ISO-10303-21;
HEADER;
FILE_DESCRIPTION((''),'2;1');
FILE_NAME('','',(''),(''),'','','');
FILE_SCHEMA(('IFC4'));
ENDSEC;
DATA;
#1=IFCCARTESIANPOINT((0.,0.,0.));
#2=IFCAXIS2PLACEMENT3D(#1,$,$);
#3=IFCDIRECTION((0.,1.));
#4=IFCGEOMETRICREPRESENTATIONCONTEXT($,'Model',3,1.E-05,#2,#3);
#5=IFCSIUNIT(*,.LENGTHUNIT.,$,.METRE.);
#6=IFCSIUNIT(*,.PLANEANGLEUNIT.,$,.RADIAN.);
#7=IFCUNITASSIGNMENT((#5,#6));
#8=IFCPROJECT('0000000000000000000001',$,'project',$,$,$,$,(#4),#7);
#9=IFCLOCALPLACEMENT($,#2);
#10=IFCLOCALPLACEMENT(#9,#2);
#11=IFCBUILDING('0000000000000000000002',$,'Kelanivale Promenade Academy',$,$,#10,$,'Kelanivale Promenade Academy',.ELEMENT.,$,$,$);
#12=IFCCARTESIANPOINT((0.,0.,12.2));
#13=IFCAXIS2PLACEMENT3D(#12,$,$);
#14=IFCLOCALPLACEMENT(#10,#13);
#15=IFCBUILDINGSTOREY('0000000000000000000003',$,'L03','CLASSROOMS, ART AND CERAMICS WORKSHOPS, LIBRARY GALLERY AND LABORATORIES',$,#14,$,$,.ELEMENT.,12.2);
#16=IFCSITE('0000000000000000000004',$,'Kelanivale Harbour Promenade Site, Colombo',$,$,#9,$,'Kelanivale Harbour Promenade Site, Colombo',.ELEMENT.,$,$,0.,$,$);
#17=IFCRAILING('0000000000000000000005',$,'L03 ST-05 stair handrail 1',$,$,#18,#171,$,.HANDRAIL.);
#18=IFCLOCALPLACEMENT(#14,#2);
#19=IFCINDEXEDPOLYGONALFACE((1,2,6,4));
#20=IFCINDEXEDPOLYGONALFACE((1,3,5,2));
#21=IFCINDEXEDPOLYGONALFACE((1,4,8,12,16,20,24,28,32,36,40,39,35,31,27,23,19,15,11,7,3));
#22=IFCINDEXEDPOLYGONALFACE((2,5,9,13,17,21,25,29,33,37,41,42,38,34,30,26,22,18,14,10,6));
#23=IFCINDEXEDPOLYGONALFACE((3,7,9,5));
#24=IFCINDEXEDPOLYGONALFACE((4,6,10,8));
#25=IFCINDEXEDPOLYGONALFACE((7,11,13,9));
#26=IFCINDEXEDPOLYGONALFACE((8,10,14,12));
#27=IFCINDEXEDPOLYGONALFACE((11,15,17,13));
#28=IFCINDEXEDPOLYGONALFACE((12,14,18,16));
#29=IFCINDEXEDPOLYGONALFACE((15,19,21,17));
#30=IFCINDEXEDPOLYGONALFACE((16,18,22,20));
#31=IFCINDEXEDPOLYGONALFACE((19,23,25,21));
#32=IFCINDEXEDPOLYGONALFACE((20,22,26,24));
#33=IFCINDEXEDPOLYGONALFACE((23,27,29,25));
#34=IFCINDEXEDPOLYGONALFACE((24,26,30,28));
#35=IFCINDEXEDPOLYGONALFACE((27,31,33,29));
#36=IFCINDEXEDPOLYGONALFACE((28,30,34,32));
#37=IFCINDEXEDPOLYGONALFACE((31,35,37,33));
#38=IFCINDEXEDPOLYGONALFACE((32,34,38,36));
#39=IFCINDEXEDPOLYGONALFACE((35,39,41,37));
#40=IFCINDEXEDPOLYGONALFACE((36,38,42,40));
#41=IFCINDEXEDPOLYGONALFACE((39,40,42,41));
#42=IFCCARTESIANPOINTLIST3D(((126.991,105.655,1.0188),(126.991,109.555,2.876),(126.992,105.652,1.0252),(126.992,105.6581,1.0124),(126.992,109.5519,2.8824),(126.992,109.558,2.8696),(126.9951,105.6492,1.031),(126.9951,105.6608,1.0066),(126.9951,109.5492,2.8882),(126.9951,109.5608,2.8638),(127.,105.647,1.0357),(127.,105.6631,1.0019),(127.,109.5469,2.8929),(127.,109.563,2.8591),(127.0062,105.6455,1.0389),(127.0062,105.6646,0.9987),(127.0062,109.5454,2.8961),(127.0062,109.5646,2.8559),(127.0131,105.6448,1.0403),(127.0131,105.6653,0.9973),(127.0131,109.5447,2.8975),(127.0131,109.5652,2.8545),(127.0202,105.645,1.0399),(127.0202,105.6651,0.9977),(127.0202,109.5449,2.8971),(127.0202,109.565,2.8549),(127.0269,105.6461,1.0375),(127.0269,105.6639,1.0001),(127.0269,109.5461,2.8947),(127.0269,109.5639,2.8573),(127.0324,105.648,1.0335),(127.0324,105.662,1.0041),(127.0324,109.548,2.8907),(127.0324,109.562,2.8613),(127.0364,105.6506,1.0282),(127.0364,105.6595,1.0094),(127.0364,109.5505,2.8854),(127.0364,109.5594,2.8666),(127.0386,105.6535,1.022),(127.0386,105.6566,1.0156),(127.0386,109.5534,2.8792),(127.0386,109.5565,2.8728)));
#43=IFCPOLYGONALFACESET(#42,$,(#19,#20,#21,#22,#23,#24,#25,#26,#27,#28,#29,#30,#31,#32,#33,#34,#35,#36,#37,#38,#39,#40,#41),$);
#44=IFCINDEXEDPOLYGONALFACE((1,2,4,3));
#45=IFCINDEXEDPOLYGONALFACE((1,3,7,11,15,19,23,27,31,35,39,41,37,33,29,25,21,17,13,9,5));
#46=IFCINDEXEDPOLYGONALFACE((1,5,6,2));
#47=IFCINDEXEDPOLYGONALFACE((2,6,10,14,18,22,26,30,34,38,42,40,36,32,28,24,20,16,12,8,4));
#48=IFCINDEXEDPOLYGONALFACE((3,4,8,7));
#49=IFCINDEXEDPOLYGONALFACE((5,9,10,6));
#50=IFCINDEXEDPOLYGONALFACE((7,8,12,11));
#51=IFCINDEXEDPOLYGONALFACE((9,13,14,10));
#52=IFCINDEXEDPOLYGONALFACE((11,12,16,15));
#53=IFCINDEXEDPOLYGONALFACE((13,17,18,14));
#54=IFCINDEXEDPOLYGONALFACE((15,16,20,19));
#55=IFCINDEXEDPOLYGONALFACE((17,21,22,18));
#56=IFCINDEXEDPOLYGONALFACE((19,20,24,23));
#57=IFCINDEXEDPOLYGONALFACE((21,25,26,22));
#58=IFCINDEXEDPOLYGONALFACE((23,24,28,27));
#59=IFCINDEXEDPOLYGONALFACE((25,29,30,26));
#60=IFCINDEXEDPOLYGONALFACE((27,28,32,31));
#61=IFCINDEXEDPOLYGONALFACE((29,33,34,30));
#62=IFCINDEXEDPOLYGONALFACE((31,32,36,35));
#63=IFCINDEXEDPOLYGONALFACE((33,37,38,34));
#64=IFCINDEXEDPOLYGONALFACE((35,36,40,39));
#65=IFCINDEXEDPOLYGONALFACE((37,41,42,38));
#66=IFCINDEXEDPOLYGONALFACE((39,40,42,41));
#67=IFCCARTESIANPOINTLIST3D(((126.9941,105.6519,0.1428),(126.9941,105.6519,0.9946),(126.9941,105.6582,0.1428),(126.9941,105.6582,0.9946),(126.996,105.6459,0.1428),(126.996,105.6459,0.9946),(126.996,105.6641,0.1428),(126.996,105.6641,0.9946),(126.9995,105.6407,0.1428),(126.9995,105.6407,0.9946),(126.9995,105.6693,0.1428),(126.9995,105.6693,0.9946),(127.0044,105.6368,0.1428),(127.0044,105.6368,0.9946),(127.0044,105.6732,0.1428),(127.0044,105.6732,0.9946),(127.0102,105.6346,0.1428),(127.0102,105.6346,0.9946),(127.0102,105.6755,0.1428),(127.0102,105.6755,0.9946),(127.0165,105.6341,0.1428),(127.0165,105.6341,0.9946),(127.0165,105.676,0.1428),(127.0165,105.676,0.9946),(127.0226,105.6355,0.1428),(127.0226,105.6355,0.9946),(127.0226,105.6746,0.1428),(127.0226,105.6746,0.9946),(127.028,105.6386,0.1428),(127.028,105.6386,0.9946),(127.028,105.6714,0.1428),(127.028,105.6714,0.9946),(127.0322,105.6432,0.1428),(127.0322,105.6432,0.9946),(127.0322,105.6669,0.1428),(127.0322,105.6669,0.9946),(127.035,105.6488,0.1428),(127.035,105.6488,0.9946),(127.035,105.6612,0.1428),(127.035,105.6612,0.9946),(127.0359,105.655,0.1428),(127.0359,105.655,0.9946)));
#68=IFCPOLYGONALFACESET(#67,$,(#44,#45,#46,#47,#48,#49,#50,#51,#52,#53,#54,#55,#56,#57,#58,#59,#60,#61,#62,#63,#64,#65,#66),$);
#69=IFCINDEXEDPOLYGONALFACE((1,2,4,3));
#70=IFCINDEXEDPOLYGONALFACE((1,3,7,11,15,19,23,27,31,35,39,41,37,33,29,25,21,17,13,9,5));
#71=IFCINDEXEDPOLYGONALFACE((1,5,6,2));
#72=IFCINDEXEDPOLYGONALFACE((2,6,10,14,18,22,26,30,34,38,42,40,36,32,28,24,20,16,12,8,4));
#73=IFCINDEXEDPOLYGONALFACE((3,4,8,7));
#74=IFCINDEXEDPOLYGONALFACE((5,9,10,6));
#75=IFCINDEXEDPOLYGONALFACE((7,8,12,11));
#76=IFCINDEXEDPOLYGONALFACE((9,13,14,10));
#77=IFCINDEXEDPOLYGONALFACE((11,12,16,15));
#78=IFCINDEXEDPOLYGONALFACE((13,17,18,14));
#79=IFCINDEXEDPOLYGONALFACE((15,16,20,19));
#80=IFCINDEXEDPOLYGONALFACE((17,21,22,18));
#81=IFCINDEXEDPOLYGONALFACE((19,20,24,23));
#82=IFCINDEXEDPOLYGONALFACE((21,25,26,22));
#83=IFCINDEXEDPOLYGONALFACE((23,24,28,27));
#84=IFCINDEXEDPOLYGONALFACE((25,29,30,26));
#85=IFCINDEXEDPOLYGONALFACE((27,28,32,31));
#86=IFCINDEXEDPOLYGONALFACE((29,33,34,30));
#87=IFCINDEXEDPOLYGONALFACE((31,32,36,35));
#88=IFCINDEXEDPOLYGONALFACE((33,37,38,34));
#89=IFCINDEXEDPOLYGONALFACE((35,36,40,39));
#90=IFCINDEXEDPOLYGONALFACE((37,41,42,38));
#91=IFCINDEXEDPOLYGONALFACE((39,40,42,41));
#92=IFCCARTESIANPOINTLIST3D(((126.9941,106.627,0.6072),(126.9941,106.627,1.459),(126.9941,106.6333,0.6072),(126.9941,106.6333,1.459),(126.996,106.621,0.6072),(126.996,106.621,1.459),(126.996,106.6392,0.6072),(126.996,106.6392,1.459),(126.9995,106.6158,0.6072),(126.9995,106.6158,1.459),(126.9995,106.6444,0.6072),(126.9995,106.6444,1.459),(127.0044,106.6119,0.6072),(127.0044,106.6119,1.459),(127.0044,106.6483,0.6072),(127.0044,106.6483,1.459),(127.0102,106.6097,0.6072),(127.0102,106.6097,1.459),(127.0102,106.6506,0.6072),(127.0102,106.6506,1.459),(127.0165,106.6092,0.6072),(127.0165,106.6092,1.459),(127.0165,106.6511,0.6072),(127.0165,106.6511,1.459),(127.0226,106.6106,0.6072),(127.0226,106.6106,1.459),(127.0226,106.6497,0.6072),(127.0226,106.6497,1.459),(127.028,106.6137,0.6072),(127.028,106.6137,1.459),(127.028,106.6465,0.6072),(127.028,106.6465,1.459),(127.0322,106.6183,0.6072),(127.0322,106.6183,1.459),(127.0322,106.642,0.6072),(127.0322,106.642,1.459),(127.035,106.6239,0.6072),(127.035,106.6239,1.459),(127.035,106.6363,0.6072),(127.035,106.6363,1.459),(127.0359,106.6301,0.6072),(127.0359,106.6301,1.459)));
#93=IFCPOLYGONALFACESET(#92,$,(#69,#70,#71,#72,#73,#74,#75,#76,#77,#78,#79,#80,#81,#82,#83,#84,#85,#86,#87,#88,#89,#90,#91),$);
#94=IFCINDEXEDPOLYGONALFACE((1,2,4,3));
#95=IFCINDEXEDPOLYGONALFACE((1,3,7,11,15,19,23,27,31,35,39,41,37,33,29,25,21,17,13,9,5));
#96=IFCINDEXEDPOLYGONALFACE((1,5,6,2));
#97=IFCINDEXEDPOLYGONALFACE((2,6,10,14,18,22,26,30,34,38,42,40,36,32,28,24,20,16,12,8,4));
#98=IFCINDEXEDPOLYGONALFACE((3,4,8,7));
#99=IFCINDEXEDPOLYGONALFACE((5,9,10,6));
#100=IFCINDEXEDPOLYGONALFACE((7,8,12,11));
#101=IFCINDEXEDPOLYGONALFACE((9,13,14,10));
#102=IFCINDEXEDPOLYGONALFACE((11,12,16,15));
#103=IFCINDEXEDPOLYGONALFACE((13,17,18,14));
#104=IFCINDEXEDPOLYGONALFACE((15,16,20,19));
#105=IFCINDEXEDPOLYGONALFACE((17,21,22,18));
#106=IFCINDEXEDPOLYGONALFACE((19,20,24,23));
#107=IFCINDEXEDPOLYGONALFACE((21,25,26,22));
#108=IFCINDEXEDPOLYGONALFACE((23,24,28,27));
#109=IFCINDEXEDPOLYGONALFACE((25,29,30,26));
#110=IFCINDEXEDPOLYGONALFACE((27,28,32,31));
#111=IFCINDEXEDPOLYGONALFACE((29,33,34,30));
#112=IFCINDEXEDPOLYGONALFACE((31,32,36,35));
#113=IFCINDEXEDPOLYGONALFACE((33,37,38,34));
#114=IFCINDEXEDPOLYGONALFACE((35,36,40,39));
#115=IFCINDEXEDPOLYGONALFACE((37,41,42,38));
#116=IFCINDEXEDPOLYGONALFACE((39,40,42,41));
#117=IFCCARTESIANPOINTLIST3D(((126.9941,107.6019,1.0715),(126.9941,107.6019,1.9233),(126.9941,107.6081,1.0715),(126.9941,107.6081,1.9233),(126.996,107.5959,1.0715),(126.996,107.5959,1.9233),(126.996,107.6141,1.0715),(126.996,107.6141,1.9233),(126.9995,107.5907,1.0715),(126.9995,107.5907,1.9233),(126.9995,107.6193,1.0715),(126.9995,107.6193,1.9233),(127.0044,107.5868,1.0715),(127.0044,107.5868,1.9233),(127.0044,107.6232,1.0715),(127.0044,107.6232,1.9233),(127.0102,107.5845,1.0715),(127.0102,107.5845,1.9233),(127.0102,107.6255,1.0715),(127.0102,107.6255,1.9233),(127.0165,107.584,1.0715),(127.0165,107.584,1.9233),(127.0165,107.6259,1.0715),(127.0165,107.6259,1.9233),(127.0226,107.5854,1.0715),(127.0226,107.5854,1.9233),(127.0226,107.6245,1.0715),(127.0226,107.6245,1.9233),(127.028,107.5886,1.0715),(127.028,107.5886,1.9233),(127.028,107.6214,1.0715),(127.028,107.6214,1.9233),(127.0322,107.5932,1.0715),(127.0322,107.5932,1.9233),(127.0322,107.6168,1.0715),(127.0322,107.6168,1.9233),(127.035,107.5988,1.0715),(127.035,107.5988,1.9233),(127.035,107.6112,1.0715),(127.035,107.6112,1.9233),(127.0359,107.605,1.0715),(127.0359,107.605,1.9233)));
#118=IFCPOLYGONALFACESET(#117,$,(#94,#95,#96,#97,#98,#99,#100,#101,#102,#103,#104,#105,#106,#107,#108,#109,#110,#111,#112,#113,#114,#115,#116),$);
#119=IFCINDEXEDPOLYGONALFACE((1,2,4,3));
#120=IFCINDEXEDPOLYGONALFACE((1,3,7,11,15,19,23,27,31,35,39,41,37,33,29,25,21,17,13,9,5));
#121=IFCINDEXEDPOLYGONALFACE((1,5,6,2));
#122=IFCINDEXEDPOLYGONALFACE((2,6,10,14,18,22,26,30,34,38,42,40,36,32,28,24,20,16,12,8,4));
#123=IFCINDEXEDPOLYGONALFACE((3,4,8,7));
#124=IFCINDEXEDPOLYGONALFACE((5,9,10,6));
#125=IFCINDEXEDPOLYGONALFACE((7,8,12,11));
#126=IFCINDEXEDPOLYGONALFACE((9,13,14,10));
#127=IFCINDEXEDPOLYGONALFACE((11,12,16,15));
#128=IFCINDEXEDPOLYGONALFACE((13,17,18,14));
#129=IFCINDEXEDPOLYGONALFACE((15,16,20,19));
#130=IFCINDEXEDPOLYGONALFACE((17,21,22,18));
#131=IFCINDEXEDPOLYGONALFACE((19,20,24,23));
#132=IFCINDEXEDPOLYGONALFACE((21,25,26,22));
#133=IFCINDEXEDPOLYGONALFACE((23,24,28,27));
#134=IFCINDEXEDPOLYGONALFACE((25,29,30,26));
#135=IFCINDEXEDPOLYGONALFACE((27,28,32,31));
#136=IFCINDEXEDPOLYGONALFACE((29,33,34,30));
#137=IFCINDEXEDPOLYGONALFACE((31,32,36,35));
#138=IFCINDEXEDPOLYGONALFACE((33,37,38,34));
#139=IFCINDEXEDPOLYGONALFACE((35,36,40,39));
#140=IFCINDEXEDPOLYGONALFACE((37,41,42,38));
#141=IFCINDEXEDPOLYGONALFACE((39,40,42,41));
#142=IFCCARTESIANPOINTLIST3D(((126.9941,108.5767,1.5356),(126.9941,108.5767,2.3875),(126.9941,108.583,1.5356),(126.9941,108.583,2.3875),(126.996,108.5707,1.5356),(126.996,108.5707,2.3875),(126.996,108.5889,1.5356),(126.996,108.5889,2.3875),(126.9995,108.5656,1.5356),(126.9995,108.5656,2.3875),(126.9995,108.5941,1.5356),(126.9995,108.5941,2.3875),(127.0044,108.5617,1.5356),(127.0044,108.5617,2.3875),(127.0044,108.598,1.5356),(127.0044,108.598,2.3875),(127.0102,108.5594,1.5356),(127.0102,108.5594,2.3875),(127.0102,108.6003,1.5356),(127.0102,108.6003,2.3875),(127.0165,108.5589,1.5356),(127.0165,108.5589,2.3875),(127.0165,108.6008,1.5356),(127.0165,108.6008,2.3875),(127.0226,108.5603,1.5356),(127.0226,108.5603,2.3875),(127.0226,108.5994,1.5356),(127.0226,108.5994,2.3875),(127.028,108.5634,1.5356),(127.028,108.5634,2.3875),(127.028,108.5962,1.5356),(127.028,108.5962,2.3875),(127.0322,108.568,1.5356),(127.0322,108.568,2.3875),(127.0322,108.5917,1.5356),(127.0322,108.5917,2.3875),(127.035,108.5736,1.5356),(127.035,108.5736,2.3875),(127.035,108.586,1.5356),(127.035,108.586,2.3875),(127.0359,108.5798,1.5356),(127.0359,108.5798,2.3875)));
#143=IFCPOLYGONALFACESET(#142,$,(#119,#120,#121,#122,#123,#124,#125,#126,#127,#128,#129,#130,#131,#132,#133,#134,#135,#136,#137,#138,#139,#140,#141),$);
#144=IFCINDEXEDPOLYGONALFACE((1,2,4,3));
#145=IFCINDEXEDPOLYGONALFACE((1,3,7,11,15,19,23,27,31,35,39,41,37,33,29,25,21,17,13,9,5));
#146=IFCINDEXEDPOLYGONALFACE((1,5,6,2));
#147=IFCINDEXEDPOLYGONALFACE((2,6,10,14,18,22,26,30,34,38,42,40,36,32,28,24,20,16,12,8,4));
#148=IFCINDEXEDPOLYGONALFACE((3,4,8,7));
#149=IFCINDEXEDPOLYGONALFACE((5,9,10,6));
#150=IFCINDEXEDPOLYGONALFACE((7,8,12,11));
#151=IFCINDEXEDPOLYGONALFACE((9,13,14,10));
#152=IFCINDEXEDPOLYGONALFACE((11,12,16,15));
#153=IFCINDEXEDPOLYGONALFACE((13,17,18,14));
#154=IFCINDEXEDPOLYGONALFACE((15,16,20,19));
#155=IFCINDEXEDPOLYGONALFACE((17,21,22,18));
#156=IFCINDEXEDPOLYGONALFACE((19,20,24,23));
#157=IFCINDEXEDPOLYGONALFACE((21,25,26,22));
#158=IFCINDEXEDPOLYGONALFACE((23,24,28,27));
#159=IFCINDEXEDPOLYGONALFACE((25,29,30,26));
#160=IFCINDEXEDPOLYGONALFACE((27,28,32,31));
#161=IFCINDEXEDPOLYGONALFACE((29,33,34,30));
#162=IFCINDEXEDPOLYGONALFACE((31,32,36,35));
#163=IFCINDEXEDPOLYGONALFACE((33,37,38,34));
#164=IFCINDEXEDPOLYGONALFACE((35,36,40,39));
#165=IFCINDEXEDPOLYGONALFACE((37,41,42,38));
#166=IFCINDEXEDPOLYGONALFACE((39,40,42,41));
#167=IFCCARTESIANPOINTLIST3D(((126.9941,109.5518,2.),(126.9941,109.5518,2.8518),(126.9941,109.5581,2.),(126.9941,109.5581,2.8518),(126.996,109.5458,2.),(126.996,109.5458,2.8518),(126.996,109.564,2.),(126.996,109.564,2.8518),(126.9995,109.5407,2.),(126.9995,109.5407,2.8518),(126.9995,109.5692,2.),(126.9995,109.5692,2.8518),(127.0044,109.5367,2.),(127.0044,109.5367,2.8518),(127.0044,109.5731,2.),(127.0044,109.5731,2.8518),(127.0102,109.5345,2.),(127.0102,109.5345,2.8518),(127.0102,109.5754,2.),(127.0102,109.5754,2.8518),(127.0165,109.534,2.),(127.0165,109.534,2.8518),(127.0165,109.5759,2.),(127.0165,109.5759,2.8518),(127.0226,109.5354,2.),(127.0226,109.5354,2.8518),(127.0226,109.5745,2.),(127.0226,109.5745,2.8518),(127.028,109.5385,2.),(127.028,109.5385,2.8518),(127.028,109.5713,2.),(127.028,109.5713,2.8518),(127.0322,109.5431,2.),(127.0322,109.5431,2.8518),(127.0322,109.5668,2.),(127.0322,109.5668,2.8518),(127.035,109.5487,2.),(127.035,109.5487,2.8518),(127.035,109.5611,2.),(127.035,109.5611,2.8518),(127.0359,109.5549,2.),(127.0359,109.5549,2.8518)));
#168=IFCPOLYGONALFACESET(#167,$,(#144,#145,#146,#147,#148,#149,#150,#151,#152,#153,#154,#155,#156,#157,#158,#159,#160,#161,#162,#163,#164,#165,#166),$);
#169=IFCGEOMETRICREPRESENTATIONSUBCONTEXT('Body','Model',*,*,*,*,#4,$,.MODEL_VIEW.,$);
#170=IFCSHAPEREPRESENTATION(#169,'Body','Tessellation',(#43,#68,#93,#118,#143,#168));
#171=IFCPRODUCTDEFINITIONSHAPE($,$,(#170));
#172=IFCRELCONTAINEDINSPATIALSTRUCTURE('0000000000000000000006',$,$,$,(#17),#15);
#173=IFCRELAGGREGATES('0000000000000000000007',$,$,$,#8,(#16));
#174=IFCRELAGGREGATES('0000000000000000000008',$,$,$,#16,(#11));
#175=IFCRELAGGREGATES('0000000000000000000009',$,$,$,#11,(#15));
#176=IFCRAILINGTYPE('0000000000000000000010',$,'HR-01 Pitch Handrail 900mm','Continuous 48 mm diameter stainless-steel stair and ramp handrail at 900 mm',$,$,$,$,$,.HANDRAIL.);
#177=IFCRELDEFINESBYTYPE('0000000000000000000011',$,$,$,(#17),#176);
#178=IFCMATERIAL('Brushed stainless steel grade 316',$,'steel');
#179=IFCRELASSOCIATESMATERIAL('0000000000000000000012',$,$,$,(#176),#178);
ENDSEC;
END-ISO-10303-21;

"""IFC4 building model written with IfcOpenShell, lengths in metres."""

from ifc_helpers import new_model, si_unit, direction, frame, origin, origin_2d, place, context, subcontext, project, spatial, circle, extrude, material, type_object, element, save


model = new_model("IFC4")

# Units and contexts
model_context = context("Model", 3, precision=1e-05, world=origin(), true_north=direction((0.0, 1.0)))
body_context = subcontext(model_context, "Body", "Model", "MODEL_VIEW")
ifc_project = project(units=[si_unit("LENGTHUNIT", "METRE"), si_unit("PLANEANGLEUNIT", "RADIAN")], contexts=[model_context])

# Site, building, storey
site_placement = place(None, origin())
site = spatial("IfcSite", under=ifc_project, at=site_placement, Name="Kelanivale Harbour Promenade Site, Colombo", LongName="Kelanivale Harbour Promenade Site, Colombo", CompositionType="ELEMENT", RefElevation=0.0)
building_placement = place(site_placement, origin())
building = spatial("IfcBuilding", under=site, at=building_placement, Name="Kelanivale Promenade Academy", LongName="Kelanivale Promenade Academy", CompositionType="ELEMENT")
storey_placement = place(building_placement, frame((0.0, 0.0, 12.2)))
storey = spatial("IfcBuildingStorey", under=building, at=storey_placement, Name="L03", Description="CLASSROOMS, ART AND CERAMICS WORKSHOPS, LIBRARY GALLERY AND LABORATORIES", CompositionType="ELEMENT", Elevation=12.2)

# Railing
ifc_material_1 = material(Name="Brushed stainless steel grade 316", Category="steel")
railing_type_1 = type_object("IfcRailingType", Name="HR-01 Pitch Handrail 900mm", Description="Continuous 48 mm diameter stainless-steel stair and ramp handrail at 900 mm", PredefinedType="HANDRAIL", material=ifc_material_1)
railing_1_placement = place(storey_placement, frame((127.0149, 105.655, 0.1428)))
element("IfcRailing", 1, at=railing_1_placement, inside=storey, type_object=railing_type_1, Name="L03 ST-05 stair handrail 1", PredefinedType="HANDRAIL", context=body_context, shape_type="SweptSolid", body=[
    extrude(circle(Radius=0.0239, at=origin_2d()), frame((0.0, 0.0, 0.876), z_axis=(0.0, 0.902853, 0.429949), x_axis=(-1.0, 0.0, 0.0)), (0.0, 0.0, 1.0), 4.3196),
    extrude(circle(Radius=0.021, at=origin_2d()), origin(), (0.0, 0.0, 1.0), 0.8518),
    extrude(circle(Radius=0.021, at=origin_2d()), frame((0.0, 0.9751, 0.4644)), (0.0, 0.0, 1.0), 0.8518),
    extrude(circle(Radius=0.021, at=origin_2d()), frame((0.0, 1.95, 0.9287)), (0.0, 0.0, 1.0), 0.8518),
    extrude(circle(Radius=0.021, at=origin_2d()), frame((0.0, 2.9248, 1.3928)), (0.0, 0.0, 1.0), 0.8518),
    extrude(circle(Radius=0.021, at=origin_2d()), frame((0.0, 3.8999, 1.8572)), (0.0, 0.0, 1.0), 0.8518),
])

save(model, "model.ifc")
